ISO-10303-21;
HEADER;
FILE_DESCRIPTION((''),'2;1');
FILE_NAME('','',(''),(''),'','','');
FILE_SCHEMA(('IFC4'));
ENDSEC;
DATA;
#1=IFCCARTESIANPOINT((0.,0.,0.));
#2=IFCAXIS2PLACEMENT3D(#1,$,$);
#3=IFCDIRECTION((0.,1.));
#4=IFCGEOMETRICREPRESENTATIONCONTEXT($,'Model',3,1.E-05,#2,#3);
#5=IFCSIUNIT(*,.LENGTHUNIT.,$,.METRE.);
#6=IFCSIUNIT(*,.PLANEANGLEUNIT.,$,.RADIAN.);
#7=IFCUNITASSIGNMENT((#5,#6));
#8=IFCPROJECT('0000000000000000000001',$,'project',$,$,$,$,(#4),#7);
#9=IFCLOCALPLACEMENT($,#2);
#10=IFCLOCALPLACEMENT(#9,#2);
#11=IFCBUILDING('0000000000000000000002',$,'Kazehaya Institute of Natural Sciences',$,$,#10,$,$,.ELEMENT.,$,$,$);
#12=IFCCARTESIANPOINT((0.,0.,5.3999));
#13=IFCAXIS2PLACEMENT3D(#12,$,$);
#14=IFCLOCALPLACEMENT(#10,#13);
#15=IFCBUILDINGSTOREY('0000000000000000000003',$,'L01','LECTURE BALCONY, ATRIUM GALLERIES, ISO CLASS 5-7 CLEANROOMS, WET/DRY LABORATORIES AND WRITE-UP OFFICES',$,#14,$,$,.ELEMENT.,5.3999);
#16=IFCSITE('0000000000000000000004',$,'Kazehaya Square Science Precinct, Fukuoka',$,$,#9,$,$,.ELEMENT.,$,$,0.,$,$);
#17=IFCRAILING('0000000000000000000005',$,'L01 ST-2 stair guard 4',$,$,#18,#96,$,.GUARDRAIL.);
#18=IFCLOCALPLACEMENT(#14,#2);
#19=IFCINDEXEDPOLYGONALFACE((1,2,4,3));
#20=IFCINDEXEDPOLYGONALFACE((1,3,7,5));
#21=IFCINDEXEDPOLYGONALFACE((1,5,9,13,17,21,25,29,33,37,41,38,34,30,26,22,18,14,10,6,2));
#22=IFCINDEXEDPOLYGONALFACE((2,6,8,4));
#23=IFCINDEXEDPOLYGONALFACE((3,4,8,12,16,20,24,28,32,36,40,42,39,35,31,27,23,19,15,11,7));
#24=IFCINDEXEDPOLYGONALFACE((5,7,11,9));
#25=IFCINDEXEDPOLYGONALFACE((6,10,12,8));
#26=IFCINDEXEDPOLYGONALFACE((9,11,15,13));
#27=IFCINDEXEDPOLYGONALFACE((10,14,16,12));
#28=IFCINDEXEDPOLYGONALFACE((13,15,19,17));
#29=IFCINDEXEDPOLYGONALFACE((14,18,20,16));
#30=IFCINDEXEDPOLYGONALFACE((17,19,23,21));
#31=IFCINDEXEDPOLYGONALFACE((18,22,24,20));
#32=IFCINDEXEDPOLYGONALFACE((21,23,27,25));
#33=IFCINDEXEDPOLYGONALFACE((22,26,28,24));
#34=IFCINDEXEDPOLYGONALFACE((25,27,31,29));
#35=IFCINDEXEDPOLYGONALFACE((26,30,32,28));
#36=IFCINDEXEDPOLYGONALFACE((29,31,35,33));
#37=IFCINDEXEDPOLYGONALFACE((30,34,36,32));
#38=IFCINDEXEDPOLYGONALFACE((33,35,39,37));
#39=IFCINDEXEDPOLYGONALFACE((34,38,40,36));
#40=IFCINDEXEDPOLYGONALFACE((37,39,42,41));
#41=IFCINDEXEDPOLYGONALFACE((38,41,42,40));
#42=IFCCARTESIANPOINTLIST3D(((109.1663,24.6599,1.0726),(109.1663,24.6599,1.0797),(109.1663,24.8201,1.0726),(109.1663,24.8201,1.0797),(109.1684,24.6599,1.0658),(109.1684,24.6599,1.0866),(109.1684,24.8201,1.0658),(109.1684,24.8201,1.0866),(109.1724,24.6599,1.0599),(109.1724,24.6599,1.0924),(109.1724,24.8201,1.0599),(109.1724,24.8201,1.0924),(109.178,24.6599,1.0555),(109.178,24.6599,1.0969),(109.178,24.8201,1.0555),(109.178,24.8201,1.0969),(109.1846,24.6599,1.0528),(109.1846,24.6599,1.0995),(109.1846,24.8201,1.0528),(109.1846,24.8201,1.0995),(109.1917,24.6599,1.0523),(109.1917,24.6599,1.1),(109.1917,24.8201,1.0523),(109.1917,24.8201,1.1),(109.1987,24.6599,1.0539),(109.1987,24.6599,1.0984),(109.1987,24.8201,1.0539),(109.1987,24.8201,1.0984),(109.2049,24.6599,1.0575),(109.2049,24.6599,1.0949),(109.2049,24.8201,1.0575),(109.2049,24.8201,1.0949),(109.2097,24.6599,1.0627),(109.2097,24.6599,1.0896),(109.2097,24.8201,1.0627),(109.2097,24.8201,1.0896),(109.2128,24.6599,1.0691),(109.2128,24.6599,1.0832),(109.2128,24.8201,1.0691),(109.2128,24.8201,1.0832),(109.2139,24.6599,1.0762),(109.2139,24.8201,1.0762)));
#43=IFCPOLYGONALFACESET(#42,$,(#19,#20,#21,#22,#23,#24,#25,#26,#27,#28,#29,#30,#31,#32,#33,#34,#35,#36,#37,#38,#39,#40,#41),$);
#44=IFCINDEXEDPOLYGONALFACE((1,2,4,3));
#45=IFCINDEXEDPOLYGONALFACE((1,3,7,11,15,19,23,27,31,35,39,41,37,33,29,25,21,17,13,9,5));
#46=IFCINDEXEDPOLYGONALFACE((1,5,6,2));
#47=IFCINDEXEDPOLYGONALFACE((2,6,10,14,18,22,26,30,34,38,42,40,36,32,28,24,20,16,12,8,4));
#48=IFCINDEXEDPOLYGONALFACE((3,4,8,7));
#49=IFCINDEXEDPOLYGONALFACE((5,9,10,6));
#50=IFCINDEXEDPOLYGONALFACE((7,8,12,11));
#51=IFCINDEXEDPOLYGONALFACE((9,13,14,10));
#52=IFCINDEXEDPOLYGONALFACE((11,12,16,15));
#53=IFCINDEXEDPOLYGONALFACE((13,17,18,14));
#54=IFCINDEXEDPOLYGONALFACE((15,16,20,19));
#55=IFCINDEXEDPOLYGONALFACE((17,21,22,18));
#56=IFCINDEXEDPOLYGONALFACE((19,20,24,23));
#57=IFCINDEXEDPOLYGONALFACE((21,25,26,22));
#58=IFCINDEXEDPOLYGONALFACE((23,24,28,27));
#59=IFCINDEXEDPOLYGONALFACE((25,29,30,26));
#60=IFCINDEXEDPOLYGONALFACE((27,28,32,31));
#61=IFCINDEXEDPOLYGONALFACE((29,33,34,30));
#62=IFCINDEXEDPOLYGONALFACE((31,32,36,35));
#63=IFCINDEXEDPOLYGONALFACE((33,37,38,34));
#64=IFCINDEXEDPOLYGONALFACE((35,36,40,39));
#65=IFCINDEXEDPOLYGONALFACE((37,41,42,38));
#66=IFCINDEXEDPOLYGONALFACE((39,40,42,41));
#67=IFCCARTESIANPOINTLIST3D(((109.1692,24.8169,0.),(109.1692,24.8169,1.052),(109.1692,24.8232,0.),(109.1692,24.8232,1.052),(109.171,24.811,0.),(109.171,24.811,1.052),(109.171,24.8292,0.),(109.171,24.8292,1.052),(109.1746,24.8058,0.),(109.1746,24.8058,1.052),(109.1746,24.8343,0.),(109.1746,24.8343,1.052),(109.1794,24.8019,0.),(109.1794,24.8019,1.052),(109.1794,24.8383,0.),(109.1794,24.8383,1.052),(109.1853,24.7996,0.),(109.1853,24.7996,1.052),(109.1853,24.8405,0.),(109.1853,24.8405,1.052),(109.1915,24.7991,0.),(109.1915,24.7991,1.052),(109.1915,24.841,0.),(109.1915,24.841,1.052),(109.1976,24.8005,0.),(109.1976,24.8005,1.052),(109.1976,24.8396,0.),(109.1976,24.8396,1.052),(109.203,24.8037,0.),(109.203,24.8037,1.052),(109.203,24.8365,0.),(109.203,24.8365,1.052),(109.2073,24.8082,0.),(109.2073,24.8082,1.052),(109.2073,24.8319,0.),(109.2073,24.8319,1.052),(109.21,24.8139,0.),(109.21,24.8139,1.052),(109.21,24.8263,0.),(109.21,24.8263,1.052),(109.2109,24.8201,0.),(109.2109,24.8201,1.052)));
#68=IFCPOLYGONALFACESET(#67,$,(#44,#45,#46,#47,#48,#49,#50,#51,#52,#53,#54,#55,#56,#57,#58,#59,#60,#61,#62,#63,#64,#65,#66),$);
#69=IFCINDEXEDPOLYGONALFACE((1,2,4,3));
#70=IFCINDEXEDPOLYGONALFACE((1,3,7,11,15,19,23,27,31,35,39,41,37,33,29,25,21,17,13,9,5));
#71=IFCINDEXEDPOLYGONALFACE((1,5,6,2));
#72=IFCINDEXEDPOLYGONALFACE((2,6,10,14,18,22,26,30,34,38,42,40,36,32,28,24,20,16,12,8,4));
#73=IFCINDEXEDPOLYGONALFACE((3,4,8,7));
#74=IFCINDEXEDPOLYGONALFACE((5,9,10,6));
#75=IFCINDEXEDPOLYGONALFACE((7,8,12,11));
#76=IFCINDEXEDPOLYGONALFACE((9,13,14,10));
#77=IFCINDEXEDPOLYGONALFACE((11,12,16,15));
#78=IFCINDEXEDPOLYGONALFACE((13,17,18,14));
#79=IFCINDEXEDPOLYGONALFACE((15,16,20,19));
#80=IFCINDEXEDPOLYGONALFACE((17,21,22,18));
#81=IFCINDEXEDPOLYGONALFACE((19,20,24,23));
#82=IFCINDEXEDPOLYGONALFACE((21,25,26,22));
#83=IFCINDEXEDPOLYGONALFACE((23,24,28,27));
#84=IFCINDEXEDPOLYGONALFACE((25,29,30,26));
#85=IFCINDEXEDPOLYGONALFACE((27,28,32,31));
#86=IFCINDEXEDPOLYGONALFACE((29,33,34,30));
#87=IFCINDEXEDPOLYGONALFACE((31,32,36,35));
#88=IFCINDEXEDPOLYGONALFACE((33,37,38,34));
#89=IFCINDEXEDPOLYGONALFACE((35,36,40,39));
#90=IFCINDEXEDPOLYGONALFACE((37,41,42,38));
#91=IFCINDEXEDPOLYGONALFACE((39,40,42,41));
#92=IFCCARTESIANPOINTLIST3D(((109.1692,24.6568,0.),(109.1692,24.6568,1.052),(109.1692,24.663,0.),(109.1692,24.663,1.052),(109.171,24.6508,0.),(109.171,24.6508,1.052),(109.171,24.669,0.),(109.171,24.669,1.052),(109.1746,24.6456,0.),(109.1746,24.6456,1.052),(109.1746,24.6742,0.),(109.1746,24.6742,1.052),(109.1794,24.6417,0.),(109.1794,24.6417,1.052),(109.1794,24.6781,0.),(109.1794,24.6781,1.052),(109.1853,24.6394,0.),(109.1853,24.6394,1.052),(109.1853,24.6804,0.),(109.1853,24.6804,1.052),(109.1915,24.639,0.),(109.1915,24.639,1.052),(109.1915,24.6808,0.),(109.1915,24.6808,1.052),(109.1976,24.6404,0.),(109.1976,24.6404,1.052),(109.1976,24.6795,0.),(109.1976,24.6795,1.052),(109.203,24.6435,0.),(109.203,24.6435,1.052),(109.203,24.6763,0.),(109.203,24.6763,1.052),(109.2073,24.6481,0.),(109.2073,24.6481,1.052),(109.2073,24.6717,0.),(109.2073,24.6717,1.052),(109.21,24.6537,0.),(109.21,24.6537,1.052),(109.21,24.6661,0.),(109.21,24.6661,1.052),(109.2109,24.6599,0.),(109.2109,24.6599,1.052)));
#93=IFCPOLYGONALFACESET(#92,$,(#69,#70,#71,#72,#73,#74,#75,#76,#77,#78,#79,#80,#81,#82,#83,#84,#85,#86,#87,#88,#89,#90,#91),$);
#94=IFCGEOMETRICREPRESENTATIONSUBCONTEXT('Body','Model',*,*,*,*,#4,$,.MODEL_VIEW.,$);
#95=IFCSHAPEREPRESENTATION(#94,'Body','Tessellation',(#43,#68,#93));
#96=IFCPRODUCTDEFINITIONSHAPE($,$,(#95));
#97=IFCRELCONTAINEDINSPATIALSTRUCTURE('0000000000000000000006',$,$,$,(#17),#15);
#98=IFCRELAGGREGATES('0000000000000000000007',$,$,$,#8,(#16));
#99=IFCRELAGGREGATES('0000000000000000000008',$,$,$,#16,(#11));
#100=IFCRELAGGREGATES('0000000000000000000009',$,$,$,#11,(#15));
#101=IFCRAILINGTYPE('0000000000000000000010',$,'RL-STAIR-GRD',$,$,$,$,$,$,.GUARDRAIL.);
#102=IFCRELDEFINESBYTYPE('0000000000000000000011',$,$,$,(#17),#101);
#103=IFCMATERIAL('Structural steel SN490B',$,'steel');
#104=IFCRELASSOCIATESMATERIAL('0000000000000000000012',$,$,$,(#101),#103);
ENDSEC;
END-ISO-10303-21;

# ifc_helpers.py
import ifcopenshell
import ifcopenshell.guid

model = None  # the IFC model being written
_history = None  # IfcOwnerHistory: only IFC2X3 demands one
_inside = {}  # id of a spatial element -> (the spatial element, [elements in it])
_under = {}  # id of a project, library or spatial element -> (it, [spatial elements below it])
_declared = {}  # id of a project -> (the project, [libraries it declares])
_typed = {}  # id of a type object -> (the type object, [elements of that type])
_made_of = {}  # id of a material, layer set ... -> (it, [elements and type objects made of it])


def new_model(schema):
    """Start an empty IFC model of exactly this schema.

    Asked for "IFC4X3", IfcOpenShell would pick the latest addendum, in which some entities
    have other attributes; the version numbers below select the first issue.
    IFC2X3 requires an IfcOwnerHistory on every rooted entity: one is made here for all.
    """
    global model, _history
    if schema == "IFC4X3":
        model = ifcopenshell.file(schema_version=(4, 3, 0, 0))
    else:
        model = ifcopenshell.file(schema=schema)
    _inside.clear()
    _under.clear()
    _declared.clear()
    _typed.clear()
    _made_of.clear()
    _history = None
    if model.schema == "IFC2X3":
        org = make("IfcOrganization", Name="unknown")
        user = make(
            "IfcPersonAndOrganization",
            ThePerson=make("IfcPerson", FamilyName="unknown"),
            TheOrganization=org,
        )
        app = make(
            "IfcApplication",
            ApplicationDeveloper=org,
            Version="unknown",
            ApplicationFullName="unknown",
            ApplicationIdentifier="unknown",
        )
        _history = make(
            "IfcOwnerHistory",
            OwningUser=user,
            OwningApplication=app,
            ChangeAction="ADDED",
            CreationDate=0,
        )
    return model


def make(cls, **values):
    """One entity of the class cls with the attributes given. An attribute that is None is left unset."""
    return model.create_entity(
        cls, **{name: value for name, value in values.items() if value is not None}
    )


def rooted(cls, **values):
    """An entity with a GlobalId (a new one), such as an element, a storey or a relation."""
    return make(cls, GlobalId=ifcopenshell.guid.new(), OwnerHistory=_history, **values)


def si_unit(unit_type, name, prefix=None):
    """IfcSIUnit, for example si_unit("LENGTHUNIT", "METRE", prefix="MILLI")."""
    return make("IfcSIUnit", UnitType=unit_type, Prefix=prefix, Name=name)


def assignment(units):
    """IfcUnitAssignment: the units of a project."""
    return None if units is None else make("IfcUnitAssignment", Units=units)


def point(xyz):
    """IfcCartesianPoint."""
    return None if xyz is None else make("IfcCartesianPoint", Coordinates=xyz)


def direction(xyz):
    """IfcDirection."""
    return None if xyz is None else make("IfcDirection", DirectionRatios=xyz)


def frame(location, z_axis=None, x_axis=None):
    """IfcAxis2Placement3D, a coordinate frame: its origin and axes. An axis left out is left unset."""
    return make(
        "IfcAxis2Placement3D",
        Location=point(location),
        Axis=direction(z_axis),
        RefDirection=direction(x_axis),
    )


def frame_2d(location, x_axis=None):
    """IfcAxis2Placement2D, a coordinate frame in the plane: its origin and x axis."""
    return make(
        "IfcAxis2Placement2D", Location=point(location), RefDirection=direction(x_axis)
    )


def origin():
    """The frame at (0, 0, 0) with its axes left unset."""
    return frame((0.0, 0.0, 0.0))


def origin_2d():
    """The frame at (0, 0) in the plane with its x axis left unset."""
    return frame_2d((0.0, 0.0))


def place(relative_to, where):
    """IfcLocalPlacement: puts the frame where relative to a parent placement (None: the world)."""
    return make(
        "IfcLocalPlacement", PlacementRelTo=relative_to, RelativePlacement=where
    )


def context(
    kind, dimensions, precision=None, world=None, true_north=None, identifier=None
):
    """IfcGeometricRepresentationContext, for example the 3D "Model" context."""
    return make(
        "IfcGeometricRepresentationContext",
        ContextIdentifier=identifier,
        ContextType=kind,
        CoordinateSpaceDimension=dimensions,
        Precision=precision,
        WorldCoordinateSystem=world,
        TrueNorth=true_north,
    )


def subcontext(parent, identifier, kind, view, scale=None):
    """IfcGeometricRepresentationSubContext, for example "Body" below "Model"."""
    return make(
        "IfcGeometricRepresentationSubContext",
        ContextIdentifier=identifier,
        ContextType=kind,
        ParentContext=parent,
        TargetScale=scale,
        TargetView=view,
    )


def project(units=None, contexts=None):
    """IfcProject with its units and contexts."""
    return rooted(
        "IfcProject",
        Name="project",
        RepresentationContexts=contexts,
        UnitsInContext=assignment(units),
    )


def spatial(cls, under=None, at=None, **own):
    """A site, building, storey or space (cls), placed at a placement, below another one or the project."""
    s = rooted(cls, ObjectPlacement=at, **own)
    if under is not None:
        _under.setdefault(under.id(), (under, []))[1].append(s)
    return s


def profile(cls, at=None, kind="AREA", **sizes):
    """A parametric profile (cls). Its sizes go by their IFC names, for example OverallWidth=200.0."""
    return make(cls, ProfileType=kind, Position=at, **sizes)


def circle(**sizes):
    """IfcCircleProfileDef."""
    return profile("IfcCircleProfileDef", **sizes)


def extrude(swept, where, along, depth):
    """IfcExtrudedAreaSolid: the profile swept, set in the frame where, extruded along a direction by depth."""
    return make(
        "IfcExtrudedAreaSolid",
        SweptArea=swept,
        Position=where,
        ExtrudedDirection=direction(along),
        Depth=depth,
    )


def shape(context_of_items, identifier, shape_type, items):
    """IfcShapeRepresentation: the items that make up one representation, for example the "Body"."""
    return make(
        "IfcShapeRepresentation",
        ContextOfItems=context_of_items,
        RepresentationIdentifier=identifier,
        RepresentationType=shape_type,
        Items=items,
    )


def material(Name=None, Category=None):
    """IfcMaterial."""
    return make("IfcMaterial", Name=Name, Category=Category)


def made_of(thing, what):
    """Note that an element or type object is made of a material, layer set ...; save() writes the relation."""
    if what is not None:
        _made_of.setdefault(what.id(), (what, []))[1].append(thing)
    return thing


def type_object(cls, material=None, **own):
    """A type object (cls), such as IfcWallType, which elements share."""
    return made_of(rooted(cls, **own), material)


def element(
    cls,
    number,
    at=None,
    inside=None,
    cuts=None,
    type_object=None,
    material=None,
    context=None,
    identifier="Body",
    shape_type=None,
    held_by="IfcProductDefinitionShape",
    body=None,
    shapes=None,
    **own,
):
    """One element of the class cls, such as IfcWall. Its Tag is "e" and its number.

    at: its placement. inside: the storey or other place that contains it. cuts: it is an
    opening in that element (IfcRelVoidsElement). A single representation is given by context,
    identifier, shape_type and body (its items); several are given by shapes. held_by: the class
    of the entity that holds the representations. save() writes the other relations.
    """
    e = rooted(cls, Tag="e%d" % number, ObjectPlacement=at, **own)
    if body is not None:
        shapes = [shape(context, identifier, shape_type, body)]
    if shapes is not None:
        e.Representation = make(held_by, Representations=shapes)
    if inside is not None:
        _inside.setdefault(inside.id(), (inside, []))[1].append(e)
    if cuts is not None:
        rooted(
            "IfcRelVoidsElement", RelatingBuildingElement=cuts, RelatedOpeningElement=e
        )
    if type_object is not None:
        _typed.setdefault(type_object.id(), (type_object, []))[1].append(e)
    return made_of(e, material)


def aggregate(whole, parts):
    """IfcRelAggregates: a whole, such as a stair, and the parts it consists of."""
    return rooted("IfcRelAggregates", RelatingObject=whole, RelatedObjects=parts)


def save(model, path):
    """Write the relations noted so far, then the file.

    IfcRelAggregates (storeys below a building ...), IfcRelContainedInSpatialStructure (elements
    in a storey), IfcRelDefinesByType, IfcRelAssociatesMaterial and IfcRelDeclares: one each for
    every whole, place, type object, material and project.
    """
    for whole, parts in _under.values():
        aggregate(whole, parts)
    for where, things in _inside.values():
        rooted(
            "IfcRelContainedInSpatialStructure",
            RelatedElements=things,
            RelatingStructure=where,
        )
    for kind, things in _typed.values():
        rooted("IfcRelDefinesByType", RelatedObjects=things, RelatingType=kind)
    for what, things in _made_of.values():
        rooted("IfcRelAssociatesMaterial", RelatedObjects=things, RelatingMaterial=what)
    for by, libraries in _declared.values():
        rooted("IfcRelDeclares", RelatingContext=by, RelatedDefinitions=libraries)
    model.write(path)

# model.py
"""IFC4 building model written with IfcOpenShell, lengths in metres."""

from ifc_helpers import new_model, si_unit, direction, frame, origin, origin_2d, place, context, subcontext, project, spatial, circle, extrude, material, type_object, element, save


model = new_model("IFC4")

# Units and contexts
model_context = context("Model", 3, precision=1e-05, world=origin(), true_north=direction((0.0, 1.0)))
body_context = subcontext(model_context, "Body", "Model", "MODEL_VIEW")
ifc_project = project(units=[si_unit("LENGTHUNIT", "METRE"), si_unit("PLANEANGLEUNIT", "RADIAN")], contexts=[model_context])

# Site, building, storey
site_placement = place(None, origin())
site = spatial("IfcSite", under=ifc_project, at=site_placement, Name="Kazehaya Square Science Precinct, Fukuoka", CompositionType="ELEMENT", RefElevation=0.0)
building_placement = place(site_placement, origin())
building = spatial("IfcBuilding", under=site, at=building_placement, Name="Kazehaya Institute of Natural Sciences", CompositionType="ELEMENT")
storey_placement = place(building_placement, frame((0.0, 0.0, 5.3999)))
storey = spatial("IfcBuildingStorey", under=building, at=storey_placement, Name="L01", Description="LECTURE BALCONY, ATRIUM GALLERIES, ISO CLASS 5-7 CLEANROOMS, WET/DRY LABORATORIES AND WRITE-UP OFFICES", CompositionType="ELEMENT", Elevation=5.3999)

# Railing
ifc_material_1 = material(Name="Structural steel SN490B", Category="steel")
railing_type_1 = type_object("IfcRailingType", Name="RL-STAIR-GRD", PredefinedType="GUARDRAIL", material=ifc_material_1)
railing_1_placement = place(storey_placement, frame((109.1899, 24.8201, 0.0)))
element("IfcRailing", 1, at=railing_1_placement, inside=storey, type_object=railing_type_1, Name="L01 ST-2 stair guard 4", PredefinedType="GUARDRAIL", context=body_context, shape_type="SweptSolid", body=[
    extrude(circle(Radius=0.0239, at=origin_2d()), frame((0.0, 0.0, 1.0762), z_axis=(0.0, -1.0, 0.0), x_axis=(1.0, 0.0, 0.0)), (0.0, 0.0, 1.0), 0.1602),
    extrude(circle(Radius=0.021, at=origin_2d()), origin(), (0.0, 0.0, 1.0), 1.052),
    extrude(circle(Radius=0.021, at=origin_2d()), frame((0.0, -0.1602, 0.0)), (0.0, 0.0, 1.0), 1.052),
])

save(model, "model.ifc")
